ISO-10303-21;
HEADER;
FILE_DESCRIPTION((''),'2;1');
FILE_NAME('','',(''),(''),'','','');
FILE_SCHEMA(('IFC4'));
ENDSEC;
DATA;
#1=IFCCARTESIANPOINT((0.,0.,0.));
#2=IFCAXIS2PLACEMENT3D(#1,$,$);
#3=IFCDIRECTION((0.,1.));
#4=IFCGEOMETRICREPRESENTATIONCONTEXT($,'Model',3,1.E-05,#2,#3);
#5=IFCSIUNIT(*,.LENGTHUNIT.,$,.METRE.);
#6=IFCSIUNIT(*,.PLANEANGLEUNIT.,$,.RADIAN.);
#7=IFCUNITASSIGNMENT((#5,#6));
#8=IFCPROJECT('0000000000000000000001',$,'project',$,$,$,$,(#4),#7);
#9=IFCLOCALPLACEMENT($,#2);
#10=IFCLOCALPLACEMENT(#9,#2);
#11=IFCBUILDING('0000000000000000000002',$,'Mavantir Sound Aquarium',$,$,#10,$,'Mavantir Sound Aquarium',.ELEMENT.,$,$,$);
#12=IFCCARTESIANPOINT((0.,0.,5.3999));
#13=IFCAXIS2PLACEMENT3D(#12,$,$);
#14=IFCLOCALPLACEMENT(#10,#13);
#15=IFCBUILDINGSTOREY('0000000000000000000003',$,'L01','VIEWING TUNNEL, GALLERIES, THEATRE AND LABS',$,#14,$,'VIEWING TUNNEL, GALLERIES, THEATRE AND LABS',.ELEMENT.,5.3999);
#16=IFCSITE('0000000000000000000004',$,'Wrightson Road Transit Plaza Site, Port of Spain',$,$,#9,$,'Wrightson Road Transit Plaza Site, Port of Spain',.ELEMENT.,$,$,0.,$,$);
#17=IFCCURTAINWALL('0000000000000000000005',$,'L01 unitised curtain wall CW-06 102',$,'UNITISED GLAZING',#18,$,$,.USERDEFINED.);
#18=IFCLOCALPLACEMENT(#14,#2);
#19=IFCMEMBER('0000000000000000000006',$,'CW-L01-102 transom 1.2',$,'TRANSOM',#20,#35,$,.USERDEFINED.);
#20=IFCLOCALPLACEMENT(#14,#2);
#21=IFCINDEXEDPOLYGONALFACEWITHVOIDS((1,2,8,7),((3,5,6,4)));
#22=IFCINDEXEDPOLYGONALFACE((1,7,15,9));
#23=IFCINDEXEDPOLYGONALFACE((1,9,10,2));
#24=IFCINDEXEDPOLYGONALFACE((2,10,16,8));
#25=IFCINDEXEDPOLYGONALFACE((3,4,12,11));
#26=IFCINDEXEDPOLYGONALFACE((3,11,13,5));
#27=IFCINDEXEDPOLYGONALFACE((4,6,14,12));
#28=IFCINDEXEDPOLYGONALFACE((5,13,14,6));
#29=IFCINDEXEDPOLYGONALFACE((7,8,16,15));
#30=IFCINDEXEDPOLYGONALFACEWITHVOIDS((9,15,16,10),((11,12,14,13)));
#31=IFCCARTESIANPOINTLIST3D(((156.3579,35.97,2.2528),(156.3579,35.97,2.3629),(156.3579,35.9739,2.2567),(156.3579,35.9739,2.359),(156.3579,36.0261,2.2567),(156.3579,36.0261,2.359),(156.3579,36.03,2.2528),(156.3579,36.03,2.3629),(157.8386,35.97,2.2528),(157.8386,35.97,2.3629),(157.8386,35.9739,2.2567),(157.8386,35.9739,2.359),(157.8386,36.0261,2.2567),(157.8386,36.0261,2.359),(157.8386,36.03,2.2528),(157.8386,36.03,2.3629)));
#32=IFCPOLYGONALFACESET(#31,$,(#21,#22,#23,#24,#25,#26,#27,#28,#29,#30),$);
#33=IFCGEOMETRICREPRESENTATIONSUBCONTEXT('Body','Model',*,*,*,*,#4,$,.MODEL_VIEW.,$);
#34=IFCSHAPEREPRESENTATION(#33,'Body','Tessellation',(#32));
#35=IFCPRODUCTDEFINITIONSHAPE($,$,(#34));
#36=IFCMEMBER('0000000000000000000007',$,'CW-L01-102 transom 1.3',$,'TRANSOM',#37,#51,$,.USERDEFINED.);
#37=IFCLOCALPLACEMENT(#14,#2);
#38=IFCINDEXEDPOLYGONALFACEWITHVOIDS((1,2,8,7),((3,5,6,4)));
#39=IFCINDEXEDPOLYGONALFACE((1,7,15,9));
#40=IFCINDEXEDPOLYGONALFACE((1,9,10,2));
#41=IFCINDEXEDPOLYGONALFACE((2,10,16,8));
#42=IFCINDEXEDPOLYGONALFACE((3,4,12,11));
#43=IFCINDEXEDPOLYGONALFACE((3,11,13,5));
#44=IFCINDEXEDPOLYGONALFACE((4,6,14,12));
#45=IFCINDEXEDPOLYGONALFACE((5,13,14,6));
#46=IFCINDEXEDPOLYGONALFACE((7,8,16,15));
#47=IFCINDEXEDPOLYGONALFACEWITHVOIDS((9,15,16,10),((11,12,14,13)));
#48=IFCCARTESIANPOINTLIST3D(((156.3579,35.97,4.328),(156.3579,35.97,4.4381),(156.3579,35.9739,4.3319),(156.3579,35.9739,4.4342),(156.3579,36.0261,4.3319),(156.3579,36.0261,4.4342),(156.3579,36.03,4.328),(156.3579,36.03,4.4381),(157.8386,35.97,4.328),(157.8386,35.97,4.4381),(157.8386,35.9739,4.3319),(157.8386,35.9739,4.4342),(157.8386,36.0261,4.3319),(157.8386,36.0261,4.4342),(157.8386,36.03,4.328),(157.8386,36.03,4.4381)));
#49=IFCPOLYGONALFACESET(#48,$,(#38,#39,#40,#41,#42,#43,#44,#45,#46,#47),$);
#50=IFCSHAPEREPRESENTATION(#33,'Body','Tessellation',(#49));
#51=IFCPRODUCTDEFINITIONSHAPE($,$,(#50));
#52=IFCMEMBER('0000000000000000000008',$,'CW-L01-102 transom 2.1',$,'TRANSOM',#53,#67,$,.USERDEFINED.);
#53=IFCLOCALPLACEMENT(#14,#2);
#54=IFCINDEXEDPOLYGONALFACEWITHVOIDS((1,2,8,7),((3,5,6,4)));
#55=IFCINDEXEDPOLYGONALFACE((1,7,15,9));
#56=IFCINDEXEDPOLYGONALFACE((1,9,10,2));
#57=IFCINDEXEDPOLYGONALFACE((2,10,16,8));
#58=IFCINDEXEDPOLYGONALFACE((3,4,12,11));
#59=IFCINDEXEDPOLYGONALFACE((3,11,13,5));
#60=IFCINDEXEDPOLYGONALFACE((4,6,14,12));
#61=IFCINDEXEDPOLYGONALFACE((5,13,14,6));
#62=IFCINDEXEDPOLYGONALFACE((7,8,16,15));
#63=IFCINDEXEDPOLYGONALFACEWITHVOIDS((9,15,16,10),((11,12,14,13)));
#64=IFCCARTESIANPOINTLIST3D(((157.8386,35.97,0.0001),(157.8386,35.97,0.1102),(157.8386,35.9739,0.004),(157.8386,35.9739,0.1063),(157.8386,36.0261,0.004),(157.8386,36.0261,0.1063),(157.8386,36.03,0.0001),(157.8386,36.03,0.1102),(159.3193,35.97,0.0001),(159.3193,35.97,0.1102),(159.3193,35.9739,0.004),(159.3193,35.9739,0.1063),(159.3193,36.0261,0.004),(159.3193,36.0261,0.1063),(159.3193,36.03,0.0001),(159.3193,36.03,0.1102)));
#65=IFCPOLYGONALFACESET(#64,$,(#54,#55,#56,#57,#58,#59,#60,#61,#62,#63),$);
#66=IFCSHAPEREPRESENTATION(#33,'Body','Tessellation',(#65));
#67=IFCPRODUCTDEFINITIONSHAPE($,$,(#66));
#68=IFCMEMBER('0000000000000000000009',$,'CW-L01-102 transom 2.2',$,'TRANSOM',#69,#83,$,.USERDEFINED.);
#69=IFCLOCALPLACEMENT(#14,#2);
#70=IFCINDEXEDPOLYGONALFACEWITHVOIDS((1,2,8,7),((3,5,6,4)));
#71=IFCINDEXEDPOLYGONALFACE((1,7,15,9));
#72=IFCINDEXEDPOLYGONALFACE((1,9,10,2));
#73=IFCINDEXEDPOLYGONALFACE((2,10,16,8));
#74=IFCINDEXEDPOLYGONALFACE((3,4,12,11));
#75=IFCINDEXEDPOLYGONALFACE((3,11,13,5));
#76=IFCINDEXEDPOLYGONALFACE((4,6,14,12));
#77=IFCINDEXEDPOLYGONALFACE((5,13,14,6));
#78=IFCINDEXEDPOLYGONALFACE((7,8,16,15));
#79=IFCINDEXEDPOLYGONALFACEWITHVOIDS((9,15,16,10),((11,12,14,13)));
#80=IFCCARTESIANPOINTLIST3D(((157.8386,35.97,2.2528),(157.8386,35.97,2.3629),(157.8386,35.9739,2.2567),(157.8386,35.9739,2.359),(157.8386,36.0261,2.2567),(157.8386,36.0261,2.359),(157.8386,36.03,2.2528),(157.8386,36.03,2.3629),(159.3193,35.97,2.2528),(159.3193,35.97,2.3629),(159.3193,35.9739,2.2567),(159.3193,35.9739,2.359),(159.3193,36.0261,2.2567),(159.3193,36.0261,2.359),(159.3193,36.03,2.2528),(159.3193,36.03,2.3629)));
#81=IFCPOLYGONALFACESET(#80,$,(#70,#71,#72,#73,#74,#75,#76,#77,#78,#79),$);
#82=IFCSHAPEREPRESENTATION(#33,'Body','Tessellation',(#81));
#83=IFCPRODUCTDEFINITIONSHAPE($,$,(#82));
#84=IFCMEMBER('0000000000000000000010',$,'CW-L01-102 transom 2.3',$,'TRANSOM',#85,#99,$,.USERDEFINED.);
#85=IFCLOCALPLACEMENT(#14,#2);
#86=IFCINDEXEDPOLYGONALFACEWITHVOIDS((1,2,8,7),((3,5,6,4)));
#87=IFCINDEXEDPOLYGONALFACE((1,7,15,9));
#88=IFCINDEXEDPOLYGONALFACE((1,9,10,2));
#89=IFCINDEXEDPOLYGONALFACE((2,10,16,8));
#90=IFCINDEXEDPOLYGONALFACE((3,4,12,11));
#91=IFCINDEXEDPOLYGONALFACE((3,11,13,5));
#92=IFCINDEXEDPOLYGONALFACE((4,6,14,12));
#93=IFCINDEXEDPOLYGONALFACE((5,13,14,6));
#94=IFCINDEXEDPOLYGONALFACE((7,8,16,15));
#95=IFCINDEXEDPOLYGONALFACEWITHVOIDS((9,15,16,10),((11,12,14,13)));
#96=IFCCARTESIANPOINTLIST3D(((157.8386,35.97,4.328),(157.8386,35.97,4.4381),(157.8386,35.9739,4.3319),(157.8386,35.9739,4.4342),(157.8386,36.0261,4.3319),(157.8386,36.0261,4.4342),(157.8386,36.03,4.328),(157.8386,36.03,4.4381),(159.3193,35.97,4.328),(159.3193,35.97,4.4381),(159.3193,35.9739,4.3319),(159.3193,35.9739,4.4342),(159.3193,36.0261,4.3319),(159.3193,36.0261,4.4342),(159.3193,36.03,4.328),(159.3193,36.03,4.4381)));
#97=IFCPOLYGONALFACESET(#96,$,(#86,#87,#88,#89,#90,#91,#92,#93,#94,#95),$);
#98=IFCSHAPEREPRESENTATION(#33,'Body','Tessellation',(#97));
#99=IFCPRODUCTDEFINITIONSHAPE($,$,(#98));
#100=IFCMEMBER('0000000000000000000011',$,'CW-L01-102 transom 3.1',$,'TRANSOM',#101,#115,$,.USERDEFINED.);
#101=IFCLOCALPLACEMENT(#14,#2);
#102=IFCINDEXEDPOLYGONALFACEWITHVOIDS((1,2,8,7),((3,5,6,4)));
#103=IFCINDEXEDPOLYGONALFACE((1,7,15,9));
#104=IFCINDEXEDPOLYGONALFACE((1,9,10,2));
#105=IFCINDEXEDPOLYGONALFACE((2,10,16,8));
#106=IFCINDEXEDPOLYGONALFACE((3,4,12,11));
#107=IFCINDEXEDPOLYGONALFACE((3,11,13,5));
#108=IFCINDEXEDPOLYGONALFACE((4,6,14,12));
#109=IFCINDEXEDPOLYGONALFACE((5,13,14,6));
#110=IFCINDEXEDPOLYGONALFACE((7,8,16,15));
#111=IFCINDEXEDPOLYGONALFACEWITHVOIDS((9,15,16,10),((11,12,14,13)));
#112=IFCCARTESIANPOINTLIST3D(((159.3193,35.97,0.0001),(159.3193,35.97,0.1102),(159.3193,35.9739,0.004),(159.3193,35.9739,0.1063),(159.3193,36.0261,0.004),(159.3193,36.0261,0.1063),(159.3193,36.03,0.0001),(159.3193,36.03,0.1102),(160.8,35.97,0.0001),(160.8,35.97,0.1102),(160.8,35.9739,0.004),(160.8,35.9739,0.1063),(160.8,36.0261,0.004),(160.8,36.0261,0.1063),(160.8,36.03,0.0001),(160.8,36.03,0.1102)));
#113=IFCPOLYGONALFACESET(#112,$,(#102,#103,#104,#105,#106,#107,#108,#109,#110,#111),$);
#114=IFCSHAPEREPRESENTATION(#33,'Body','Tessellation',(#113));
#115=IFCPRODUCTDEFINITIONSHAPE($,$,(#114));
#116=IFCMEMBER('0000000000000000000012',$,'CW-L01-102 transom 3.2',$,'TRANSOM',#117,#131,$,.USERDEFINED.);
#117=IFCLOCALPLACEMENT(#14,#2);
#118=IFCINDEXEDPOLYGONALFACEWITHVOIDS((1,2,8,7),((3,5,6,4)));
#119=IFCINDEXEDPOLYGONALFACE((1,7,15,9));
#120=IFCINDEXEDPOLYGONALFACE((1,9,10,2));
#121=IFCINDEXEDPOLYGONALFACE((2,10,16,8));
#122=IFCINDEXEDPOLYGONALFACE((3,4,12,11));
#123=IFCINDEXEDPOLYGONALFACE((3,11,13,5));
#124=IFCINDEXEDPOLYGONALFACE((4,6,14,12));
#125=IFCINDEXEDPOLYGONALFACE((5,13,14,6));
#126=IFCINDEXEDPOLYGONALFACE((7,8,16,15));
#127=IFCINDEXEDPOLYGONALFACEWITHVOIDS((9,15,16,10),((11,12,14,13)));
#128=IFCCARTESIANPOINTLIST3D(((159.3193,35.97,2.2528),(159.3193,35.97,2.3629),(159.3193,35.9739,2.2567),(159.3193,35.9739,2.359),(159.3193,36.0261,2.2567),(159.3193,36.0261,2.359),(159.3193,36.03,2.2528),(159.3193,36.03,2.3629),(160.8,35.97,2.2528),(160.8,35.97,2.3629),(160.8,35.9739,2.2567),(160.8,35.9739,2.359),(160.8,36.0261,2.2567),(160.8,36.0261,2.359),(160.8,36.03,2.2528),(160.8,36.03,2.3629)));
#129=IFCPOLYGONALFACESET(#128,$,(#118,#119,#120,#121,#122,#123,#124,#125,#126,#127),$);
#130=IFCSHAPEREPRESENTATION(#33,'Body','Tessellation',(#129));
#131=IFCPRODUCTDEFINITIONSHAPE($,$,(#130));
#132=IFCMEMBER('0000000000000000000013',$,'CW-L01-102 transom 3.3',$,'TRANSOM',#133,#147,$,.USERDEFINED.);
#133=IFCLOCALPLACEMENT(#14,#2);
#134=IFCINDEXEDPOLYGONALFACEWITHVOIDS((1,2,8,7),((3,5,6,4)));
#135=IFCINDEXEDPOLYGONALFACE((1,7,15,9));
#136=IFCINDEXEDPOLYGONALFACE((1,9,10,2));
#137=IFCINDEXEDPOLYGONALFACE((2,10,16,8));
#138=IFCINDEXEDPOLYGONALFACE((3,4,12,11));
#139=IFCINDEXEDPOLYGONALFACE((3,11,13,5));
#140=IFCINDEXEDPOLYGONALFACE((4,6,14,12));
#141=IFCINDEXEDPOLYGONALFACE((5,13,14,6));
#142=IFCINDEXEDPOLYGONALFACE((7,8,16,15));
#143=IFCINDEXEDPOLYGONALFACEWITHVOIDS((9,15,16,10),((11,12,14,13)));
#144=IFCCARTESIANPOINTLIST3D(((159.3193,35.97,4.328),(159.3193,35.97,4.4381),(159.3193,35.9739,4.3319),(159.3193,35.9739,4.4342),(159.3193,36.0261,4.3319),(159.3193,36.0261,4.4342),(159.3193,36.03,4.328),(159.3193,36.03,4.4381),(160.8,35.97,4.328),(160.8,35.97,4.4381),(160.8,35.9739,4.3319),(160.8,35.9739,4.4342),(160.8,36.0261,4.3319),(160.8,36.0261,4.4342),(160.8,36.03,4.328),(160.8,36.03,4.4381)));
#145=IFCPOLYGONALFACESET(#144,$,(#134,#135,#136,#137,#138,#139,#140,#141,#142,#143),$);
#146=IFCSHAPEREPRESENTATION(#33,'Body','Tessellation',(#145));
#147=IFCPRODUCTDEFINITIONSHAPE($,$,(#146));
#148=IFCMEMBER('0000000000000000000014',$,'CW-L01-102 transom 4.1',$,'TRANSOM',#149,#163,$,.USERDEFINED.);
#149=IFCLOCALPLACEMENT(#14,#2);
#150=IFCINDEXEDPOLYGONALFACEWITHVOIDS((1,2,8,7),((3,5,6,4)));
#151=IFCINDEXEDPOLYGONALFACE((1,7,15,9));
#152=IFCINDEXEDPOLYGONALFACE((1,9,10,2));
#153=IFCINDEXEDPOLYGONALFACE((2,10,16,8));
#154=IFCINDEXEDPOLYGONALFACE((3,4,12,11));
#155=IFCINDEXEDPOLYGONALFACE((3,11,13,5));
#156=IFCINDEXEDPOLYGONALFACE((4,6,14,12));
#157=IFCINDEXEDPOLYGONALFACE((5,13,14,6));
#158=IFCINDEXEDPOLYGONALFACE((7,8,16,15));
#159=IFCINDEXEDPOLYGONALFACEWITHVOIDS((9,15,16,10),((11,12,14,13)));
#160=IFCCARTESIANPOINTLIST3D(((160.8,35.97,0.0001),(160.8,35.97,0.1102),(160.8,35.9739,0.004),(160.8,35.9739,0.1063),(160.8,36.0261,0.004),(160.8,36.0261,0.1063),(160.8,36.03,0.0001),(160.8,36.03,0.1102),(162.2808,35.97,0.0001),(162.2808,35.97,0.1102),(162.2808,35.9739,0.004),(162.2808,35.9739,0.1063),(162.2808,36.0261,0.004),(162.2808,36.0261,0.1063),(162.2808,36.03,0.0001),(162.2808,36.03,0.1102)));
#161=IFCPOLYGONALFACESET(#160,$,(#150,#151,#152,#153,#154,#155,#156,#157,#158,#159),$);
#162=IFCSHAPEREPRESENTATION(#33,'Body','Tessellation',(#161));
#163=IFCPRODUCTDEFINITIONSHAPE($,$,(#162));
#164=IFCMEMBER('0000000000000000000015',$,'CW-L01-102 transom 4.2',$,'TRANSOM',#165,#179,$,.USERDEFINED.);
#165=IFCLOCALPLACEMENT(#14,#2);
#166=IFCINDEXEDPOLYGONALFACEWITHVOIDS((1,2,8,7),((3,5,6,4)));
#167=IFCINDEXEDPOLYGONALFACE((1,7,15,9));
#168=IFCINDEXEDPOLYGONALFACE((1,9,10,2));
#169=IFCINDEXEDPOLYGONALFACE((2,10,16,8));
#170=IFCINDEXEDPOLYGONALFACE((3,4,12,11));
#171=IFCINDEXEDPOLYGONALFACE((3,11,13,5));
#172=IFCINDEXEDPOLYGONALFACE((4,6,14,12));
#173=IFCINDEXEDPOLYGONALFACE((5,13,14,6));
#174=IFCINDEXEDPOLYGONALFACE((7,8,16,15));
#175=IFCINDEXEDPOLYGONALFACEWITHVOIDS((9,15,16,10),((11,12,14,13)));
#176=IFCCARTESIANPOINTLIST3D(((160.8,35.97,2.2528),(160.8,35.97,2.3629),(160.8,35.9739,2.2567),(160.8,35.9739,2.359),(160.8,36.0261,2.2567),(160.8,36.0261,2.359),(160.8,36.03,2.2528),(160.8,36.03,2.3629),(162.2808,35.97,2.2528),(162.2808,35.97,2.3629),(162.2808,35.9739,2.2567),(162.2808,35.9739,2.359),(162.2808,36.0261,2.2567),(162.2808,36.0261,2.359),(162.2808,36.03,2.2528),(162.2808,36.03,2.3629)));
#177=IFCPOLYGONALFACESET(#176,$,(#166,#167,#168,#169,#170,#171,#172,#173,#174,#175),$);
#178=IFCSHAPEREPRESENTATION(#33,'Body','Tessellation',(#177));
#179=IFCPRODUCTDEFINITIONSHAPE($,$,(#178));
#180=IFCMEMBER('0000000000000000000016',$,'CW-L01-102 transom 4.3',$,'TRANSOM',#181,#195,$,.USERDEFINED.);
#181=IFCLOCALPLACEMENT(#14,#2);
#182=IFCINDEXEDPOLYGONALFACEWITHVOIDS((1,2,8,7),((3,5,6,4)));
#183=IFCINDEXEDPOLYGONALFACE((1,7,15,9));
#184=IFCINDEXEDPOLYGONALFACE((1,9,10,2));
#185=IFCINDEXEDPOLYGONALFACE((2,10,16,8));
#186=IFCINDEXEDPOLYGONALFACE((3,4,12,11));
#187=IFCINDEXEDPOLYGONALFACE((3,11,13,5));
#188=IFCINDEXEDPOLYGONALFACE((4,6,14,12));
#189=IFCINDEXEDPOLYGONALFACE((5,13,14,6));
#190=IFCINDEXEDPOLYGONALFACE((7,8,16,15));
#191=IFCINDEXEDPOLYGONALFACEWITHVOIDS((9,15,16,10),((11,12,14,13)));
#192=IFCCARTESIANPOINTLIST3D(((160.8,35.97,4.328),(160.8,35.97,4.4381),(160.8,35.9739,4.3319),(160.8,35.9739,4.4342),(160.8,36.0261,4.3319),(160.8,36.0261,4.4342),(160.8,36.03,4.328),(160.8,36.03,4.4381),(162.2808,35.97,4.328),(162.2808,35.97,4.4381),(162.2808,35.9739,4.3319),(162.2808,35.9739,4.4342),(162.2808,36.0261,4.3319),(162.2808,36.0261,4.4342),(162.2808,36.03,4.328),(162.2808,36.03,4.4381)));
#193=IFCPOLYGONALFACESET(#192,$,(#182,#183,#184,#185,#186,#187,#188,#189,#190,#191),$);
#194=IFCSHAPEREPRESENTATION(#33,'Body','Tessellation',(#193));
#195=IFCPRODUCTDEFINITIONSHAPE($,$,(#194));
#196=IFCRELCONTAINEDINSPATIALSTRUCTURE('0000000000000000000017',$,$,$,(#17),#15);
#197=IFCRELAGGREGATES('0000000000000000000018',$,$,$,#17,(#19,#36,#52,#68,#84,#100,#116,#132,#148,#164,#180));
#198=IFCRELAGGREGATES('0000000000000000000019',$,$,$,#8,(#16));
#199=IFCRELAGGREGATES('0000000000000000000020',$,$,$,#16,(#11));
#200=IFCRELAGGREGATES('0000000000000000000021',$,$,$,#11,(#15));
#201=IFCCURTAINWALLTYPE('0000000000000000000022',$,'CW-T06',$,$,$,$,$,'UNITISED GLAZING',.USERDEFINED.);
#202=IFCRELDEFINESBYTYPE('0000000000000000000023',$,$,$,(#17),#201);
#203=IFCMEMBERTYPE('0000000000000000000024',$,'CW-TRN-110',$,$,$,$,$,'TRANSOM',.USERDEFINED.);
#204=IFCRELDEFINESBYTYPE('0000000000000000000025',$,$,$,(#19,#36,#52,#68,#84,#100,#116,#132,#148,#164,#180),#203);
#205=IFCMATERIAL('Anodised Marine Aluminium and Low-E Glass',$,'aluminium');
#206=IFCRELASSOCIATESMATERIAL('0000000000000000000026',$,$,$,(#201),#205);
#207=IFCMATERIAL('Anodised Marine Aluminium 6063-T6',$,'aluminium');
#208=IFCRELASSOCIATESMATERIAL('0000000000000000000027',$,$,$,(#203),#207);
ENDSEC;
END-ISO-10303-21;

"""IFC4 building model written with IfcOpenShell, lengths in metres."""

from ifc_helpers import new_model, si_unit, direction, frame, origin, origin_2d, place, context, subcontext, project, spatial, hollow_rectangle, extrude, material, material_profile, profile_set, type_object, element, aggregate, save


model = new_model("IFC4")

# Units and contexts
model_context = context("Model", 3, precision=1e-05, world=origin(), true_north=direction((0.0, 1.0)))
body_context = subcontext(model_context, "Body", "Model", "MODEL_VIEW")
ifc_project = project(units=[si_unit("LENGTHUNIT", "METRE"), si_unit("PLANEANGLEUNIT", "RADIAN")], contexts=[model_context])

# Site, building, storey
site_placement = place(None, origin())
site = spatial("IfcSite", under=ifc_project, at=site_placement, Name="Wrightson Road Transit Plaza Site, Port of Spain", LongName="Wrightson Road Transit Plaza Site, Port of Spain", CompositionType="ELEMENT", RefElevation=0.0)
building_placement = place(site_placement, origin())
building = spatial("IfcBuilding", under=site, at=building_placement, Name="Mavantir Sound Aquarium", LongName="Mavantir Sound Aquarium", CompositionType="ELEMENT")
storey_placement = place(building_placement, frame((0.0, 0.0, 5.3999)))
storey = spatial("IfcBuildingStorey", under=building, at=storey_placement, Name="L01", Description="VIEWING TUNNEL, GALLERIES, THEATRE AND LABS", LongName="VIEWING TUNNEL, GALLERIES, THEATRE AND LABS", CompositionType="ELEMENT", Elevation=5.3999)

# Shared definitions
ifc_material_1 = material(Name="Anodised Marine Aluminium and Low-E Glass", Category="aluminium")
ifc_material_2 = material(Name="Anodised Marine Aluminium 6063-T6", Category="aluminium")

# Curtain wall, members
curtain_wall_type_1 = type_object("IfcCurtainWallType", Name="CW-T06", ElementType="UNITISED GLAZING", PredefinedType="USERDEFINED", material=ifc_material_1)
curtain_wall_1_placement = place(storey_placement, origin())
curtain_wall_1 = element("IfcCurtainWall", 1, at=curtain_wall_1_placement, inside=storey, type_object=curtain_wall_type_1, Name="L01 unitised curtain wall CW-06 102", ObjectType="UNITISED GLAZING", PredefinedType="USERDEFINED")
ifc_material_profile_1 = material_profile(ifc_material_2, hollow_rectangle(XDim=0.0601, YDim=0.1101, WallThickness=0.0039, at=origin_2d()), Name="ALU-TRANSOM-110X60")
ifc_profile_set_1 = profile_set([ifc_material_profile_1], Name="Anodised Marine Aluminium 6063-T6")
member_type_1 = type_object("IfcMemberType", Name="CW-TRN-110", ElementType="TRANSOM", PredefinedType="USERDEFINED", material=ifc_profile_set_1)
member_1_placement = place(storey_placement, frame((156.3579, 36.0, 2.3079), z_axis=(1.0, 0.0, 0.0), x_axis=(0.0, 1.0, 0.0)))
member_1 = element("IfcMember", 2, at=member_1_placement, type_object=member_type_1, Name="CW-L01-102 transom 1.2", ObjectType="TRANSOM", PredefinedType="USERDEFINED", context=body_context, shape_type="SweptSolid", body=[
    extrude(hollow_rectangle(XDim=0.0601, YDim=0.1101, WallThickness=0.0039, at=origin_2d()), origin(), (0.0, 0.0, 1.0), 1.4807),
])
member_2_placement = place(storey_placement, frame((156.3579, 36.0, 4.3831), z_axis=(1.0, 0.0, 0.0), x_axis=(0.0, 1.0, 0.0)))
member_2 = element("IfcMember", 3, at=member_2_placement, type_object=member_type_1, Name="CW-L01-102 transom 1.3", ObjectType="TRANSOM", PredefinedType="USERDEFINED", context=body_context, shape_type="SweptSolid", body=[
    extrude(hollow_rectangle(XDim=0.0601, YDim=0.1101, WallThickness=0.0039, at=origin_2d()), origin(), (0.0, 0.0, 1.0), 1.4807),
])
member_3_placement = place(storey_placement, frame((157.8386, 36.0, 0.0552), z_axis=(1.0, 0.0, 0.0), x_axis=(0.0, 1.0, 0.0)))
member_3 = element("IfcMember", 4, at=member_3_placement, type_object=member_type_1, Name="CW-L01-102 transom 2.1", ObjectType="TRANSOM", PredefinedType="USERDEFINED", context=body_context, shape_type="SweptSolid", body=[
    extrude(hollow_rectangle(XDim=0.0601, YDim=0.1101, WallThickness=0.0039, at=origin_2d()), origin(), (0.0, 0.0, 1.0), 1.4807),
])
member_4_placement = place(storey_placement, frame((157.8386, 36.0, 2.3079), z_axis=(1.0, 0.0, 0.0), x_axis=(0.0, 1.0, 0.0)))
member_4 = element("IfcMember", 5, at=member_4_placement, type_object=member_type_1, Name="CW-L01-102 transom 2.2", ObjectType="TRANSOM", PredefinedType="USERDEFINED", context=body_context, shape_type="SweptSolid", body=[
    extrude(hollow_rectangle(XDim=0.0601, YDim=0.1101, WallThickness=0.0039, at=origin_2d()), origin(), (0.0, 0.0, 1.0), 1.4807),
])
member_5_placement = place(storey_placement, frame((157.8386, 36.0, 4.3831), z_axis=(1.0, 0.0, 0.0), x_axis=(0.0, 1.0, 0.0)))
member_5 = element("IfcMember", 6, at=member_5_placement, type_object=member_type_1, Name="CW-L01-102 transom 2.3", ObjectType="TRANSOM", PredefinedType="USERDEFINED", context=body_context, shape_type="SweptSolid", body=[
    extrude(hollow_rectangle(XDim=0.0601, YDim=0.1101, WallThickness=0.0039, at=origin_2d()), origin(), (0.0, 0.0, 1.0), 1.4807),
])
member_6_placement = place(storey_placement, frame((159.3193, 36.0, 0.0552), z_axis=(1.0, 0.0, 0.0), x_axis=(0.0, 1.0, 0.0)))
member_6 = element("IfcMember", 7, at=member_6_placement, type_object=member_type_1, Name="CW-L01-102 transom 3.1", ObjectType="TRANSOM", PredefinedType="USERDEFINED", context=body_context, shape_type="SweptSolid", body=[
    extrude(hollow_rectangle(XDim=0.0601, YDim=0.1101, WallThickness=0.0039, at=origin_2d()), origin(), (0.0, 0.0, 1.0), 1.4807),
])
member_7_placement = place(storey_placement, frame((159.3193, 36.0, 2.3079), z_axis=(1.0, 0.0, 0.0), x_axis=(0.0, 1.0, 0.0)))
member_7 = element("IfcMember", 8, at=member_7_placement, type_object=member_type_1, Name="CW-L01-102 transom 3.2", ObjectType="TRANSOM", PredefinedType="USERDEFINED", context=body_context, shape_type="SweptSolid", body=[
    extrude(hollow_rectangle(XDim=0.0601, YDim=0.1101, WallThickness=0.0039, at=origin_2d()), origin(), (0.0, 0.0, 1.0), 1.4807),
])
member_8_placement = place(storey_placement, frame((159.3193, 36.0, 4.3831), z_axis=(1.0, 0.0, 0.0), x_axis=(0.0, 1.0, 0.0)))
member_8 = element("IfcMember", 9, at=member_8_placement, type_object=member_type_1, Name="CW-L01-102 transom 3.3", ObjectType="TRANSOM", PredefinedType="USERDEFINED", context=body_context, shape_type="SweptSolid", body=[
    extrude(hollow_rectangle(XDim=0.0601, YDim=0.1101, WallThickness=0.0039, at=origin_2d()), origin(), (0.0, 0.0, 1.0), 1.4807),
])
member_9_placement = place(storey_placement, frame((160.8, 36.0, 0.0552), z_axis=(1.0, 0.0, 0.0), x_axis=(0.0, 1.0, 0.0)))
member_9 = element("IfcMember", 10, at=member_9_placement, type_object=member_type_1, Name="CW-L01-102 transom 4.1", ObjectType="TRANSOM", PredefinedType="USERDEFINED", context=body_context, shape_type="SweptSolid", body=[
    extrude(hollow_rectangle(XDim=0.0601, YDim=0.1101, WallThickness=0.0039, at=origin_2d()), origin(), (0.0, 0.0, 1.0), 1.4807),
])
member_10_placement = place(storey_placement, frame((160.8, 36.0, 2.3079), z_axis=(1.0, 0.0, 0.0), x_axis=(0.0, 1.0, 0.0)))
member_10 = element("IfcMember", 11, at=member_10_placement, type_object=member_type_1, Name="CW-L01-102 transom 4.2", ObjectType="TRANSOM", PredefinedType="USERDEFINED", context=body_context, shape_type="SweptSolid", body=[
    extrude(hollow_rectangle(XDim=0.0601, YDim=0.1101, WallThickness=0.0039, at=origin_2d()), origin(), (0.0, 0.0, 1.0), 1.4807),
])
member_11_placement = place(storey_placement, frame((160.8, 36.0, 4.3831), z_axis=(1.0, 0.0, 0.0), x_axis=(0.0, 1.0, 0.0)))
member_11 = element("IfcMember", 12, at=member_11_placement, type_object=member_type_1, Name="CW-L01-102 transom 4.3", ObjectType="TRANSOM", PredefinedType="USERDEFINED", context=body_context, shape_type="SweptSolid", body=[
    extrude(hollow_rectangle(XDim=0.0601, YDim=0.1101, WallThickness=0.0039, at=origin_2d()), origin(), (0.0, 0.0, 1.0), 1.4807),
])
aggregate(curtain_wall_1, [member_1, member_2, member_3, member_4, member_5, member_6, member_7, member_8, member_9, member_10, member_11])

save(model, "model.ifc")
